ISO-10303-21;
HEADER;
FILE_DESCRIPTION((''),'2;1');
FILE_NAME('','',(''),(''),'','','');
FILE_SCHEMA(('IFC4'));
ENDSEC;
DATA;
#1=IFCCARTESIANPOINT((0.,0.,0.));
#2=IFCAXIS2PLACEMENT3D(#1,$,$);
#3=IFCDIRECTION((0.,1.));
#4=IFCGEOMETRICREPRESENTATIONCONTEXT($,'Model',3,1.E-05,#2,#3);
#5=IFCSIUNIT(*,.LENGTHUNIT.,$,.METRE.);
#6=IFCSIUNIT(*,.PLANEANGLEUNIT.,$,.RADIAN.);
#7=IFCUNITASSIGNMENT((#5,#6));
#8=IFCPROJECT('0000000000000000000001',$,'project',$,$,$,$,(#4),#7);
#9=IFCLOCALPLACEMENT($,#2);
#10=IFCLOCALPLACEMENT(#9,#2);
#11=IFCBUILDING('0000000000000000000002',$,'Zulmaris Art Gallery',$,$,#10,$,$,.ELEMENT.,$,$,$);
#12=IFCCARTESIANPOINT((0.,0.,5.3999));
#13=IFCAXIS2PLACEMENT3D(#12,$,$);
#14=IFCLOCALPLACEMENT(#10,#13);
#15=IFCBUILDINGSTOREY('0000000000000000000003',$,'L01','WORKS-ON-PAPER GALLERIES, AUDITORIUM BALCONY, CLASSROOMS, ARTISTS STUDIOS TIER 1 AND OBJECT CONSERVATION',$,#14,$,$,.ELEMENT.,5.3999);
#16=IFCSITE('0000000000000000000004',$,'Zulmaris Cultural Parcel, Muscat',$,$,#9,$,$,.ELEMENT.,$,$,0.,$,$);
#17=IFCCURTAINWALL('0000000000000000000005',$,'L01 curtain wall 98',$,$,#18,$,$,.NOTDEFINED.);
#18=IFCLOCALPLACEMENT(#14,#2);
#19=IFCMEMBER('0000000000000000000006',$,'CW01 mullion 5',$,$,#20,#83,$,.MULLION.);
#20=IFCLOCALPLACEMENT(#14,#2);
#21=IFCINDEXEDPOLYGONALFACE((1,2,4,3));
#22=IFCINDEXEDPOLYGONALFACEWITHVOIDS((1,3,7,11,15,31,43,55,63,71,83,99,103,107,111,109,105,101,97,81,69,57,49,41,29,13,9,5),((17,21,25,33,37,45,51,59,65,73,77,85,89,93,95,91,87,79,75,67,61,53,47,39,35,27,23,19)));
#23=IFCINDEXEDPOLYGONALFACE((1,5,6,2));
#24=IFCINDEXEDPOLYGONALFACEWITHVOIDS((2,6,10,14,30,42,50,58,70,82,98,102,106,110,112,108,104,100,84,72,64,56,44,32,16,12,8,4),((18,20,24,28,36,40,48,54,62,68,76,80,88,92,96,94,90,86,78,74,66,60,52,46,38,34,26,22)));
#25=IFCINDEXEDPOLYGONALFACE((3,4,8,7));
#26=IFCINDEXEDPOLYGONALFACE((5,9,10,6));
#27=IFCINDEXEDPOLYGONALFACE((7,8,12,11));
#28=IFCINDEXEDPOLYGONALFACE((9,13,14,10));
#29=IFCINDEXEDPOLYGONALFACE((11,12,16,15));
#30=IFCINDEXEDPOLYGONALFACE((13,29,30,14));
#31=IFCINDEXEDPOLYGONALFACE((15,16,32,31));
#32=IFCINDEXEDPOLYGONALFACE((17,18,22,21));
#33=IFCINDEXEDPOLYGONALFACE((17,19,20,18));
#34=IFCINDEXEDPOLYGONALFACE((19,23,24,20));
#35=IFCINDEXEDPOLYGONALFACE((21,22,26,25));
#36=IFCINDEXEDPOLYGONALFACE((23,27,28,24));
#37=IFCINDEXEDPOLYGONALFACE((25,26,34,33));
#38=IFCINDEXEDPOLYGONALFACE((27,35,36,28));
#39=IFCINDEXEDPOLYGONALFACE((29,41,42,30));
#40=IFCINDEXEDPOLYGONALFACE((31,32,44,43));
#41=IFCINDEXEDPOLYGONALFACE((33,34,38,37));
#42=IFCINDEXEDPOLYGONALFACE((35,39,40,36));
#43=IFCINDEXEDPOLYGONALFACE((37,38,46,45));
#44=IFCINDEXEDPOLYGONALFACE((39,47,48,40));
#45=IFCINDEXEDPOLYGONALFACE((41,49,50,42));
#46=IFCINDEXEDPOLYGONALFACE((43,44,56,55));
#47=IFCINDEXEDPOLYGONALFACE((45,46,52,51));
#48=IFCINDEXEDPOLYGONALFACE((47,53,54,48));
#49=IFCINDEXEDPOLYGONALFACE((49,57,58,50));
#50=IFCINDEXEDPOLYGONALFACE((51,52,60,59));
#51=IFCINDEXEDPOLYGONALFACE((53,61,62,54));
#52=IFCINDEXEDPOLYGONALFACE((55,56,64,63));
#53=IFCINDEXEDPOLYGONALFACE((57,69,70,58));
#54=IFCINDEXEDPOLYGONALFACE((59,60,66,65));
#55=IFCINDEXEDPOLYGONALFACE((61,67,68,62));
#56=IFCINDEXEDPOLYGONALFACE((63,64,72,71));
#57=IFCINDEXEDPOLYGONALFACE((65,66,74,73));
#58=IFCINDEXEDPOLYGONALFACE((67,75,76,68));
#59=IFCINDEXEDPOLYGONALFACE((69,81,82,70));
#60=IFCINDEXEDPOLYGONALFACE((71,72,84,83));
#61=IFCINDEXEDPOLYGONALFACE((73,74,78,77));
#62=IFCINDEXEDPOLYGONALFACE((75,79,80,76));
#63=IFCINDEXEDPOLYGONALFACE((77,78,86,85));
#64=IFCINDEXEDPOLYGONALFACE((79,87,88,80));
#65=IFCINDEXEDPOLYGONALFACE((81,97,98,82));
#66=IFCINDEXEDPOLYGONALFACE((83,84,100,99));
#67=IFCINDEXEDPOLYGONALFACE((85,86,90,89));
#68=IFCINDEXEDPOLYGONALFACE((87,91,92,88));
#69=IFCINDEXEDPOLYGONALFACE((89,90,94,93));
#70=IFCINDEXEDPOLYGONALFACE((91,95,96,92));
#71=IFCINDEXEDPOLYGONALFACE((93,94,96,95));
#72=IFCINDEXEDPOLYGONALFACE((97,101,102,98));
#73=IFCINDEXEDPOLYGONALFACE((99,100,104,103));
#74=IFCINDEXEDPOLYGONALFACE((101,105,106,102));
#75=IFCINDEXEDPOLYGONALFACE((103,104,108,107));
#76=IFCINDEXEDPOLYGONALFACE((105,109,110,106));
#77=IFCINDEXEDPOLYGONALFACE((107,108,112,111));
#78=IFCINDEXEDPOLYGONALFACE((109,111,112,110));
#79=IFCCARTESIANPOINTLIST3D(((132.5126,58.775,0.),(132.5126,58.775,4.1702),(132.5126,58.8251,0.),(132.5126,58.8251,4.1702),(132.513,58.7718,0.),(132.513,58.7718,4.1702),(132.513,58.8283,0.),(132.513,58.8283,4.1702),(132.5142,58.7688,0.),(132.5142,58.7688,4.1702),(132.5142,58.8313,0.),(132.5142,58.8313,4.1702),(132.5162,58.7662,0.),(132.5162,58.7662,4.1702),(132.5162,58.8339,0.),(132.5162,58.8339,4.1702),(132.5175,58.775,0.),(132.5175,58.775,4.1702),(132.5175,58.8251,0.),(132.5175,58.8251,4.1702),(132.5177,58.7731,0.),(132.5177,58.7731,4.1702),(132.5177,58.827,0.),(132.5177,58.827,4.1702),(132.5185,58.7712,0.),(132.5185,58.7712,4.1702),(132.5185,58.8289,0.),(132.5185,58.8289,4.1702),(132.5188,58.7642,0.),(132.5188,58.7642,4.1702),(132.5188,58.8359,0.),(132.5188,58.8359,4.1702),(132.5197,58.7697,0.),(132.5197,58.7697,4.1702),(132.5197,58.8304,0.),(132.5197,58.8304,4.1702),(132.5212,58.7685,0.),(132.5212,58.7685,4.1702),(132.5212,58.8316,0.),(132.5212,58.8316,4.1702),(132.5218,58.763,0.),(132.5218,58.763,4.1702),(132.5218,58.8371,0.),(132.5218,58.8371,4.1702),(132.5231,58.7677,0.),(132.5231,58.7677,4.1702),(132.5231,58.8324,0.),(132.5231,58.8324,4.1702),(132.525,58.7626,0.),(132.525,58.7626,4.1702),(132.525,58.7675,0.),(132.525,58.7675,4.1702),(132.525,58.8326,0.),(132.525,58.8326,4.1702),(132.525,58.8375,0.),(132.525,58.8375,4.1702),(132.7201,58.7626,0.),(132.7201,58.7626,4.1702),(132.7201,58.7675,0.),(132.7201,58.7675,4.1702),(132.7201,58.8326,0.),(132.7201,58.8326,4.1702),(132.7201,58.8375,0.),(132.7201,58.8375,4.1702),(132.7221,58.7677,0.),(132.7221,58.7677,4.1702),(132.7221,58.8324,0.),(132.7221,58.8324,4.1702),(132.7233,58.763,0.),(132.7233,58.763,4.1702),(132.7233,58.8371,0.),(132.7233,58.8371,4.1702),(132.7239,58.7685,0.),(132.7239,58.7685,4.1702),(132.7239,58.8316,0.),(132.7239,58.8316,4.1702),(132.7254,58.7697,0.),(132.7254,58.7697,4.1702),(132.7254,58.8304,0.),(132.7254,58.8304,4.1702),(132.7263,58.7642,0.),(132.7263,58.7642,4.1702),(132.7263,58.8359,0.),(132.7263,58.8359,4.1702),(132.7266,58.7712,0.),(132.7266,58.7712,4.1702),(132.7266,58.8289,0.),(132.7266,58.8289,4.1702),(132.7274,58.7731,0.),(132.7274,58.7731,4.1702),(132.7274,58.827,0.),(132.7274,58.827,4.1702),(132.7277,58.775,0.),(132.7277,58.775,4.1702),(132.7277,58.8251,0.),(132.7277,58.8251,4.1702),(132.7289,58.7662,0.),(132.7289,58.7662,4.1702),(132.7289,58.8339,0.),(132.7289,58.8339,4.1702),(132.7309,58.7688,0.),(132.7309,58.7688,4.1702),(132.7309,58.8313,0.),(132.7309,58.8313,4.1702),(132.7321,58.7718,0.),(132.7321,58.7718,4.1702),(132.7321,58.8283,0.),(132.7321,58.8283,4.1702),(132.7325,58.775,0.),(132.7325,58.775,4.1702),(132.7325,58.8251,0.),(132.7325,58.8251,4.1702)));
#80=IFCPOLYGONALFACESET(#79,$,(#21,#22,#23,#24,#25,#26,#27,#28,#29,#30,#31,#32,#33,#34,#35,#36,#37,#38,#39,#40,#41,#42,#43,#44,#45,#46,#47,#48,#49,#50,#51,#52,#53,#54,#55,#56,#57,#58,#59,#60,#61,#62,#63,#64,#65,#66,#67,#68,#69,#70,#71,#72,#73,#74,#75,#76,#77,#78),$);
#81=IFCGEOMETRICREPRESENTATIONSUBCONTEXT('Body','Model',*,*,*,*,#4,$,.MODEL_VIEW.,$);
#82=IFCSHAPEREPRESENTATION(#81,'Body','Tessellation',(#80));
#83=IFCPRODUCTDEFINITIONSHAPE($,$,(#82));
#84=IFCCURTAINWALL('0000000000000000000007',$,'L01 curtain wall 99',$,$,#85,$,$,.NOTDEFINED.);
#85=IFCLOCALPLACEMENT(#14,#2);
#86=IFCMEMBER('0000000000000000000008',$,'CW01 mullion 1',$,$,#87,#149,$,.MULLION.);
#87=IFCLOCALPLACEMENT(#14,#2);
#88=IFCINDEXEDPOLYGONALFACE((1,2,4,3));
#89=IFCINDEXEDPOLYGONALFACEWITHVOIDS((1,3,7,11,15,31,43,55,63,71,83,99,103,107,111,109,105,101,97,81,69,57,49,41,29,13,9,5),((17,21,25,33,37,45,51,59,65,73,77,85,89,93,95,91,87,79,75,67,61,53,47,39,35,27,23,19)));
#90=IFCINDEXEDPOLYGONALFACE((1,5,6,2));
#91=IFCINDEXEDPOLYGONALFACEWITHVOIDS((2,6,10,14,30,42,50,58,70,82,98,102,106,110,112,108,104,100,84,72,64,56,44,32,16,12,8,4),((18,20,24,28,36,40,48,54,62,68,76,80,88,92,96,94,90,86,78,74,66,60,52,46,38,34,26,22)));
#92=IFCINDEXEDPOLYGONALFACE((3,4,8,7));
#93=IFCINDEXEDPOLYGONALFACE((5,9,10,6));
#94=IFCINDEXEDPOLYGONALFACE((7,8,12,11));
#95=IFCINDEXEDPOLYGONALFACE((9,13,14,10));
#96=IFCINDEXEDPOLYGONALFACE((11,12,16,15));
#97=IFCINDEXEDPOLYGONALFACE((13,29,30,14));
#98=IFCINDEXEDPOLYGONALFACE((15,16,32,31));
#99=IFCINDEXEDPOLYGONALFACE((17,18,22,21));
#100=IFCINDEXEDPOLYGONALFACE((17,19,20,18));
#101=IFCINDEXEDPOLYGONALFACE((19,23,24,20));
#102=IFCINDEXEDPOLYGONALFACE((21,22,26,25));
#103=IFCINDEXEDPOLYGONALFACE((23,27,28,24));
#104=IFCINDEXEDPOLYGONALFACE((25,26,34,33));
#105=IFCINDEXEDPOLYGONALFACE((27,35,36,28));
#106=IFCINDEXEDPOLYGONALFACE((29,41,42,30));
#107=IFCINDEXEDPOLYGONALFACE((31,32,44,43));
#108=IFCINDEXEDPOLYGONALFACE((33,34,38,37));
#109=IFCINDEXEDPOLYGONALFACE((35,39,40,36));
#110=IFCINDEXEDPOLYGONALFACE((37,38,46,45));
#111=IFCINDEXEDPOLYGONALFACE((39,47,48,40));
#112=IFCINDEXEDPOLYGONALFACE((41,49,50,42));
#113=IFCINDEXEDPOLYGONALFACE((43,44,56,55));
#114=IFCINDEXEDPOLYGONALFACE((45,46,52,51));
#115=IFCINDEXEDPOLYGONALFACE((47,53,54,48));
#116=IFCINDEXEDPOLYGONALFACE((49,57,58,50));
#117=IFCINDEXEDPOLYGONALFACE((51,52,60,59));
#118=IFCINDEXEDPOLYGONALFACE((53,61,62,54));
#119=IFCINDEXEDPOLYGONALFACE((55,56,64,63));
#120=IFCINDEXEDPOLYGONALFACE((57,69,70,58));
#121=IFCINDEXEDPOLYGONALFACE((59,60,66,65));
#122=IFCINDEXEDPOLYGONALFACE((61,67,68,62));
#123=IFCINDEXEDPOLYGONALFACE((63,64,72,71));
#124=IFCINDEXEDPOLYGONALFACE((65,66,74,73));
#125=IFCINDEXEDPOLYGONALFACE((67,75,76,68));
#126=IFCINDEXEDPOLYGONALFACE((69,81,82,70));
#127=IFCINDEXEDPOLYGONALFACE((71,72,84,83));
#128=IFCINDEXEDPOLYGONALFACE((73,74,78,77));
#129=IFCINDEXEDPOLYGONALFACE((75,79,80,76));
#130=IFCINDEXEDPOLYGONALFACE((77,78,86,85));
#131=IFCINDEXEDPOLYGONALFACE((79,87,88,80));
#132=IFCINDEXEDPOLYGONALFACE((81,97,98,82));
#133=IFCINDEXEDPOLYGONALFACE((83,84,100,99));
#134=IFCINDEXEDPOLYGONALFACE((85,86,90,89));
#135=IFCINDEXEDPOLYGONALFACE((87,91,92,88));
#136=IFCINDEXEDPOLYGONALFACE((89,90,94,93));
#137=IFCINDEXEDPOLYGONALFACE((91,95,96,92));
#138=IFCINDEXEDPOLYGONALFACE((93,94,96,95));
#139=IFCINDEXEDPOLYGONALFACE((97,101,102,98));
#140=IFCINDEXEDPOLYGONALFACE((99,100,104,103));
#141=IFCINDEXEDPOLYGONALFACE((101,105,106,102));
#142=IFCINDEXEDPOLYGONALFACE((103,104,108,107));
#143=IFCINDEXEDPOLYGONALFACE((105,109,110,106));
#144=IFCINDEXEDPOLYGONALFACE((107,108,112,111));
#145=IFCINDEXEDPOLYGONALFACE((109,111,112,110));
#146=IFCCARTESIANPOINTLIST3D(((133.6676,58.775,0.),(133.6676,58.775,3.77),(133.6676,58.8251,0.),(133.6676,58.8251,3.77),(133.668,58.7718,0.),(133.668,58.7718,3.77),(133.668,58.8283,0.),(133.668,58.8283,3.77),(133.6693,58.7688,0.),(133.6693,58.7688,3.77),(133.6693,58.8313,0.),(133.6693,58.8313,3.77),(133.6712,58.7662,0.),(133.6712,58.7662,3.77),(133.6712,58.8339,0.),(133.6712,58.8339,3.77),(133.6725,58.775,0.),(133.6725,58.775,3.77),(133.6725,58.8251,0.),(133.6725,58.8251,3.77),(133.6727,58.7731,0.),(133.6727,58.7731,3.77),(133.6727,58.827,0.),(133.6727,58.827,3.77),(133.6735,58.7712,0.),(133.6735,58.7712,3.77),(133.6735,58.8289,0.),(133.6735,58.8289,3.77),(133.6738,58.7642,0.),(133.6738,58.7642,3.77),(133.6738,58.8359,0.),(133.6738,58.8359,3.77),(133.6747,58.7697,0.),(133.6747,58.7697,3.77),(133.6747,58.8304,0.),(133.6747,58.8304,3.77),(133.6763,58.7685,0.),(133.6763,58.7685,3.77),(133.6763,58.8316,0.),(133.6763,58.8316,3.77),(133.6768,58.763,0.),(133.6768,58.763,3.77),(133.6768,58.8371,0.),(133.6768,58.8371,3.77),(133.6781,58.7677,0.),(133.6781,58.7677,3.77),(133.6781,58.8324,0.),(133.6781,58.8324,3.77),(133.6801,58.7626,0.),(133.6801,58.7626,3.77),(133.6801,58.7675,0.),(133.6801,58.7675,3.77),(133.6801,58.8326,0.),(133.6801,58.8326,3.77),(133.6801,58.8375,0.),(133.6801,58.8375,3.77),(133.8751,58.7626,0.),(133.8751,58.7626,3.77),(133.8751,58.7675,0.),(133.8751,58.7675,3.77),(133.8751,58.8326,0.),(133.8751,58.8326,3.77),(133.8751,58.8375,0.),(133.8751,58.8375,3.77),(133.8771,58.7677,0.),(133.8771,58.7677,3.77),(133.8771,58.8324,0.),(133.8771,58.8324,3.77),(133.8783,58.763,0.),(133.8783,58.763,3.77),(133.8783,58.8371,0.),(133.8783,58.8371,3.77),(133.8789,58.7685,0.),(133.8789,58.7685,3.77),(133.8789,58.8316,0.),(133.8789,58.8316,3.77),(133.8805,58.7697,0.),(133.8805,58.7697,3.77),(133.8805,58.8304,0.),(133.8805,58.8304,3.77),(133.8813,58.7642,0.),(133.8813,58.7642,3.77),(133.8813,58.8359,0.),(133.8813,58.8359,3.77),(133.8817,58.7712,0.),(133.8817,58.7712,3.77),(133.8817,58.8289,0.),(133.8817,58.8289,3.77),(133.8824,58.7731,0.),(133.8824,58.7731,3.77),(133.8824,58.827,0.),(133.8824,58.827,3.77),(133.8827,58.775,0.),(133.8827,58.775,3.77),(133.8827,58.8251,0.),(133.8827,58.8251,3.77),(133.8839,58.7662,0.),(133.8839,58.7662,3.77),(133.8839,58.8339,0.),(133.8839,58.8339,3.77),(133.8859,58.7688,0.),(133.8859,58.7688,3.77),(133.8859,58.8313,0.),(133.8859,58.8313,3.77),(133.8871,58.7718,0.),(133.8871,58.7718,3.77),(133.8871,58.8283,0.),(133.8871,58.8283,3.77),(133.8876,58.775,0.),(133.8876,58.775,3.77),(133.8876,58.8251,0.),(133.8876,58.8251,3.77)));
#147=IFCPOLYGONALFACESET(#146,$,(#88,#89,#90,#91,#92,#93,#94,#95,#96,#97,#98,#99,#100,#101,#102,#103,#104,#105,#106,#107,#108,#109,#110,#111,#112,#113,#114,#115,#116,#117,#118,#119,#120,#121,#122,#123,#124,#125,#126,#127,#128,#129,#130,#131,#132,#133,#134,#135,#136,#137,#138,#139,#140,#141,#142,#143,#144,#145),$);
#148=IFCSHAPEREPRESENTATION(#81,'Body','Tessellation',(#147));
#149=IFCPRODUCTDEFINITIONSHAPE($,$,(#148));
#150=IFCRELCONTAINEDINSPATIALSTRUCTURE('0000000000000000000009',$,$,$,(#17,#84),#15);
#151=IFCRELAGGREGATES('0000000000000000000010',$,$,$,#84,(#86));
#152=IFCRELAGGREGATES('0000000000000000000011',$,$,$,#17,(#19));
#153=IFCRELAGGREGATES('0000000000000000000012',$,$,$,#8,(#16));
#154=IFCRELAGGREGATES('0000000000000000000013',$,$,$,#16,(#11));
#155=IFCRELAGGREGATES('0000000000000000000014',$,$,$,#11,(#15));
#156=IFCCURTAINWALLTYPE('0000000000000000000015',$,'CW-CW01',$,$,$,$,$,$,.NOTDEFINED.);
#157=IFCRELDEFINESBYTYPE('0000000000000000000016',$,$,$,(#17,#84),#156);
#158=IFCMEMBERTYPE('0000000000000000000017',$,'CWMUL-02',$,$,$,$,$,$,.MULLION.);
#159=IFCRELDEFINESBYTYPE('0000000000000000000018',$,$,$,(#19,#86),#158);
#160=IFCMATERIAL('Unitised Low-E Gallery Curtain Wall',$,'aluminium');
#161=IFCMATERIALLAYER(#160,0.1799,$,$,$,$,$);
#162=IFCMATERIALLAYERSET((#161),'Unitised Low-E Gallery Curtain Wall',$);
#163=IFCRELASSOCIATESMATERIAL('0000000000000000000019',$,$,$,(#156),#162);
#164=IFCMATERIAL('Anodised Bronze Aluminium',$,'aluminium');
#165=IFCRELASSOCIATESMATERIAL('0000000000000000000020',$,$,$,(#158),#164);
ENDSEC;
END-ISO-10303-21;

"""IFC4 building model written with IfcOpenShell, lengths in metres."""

from ifc_helpers import new_model, si_unit, direction, frame, origin, origin_2d, place, context, subcontext, project, spatial, hollow_rectangle, extrude, material, layer, layer_set, material_profile, profile_set, type_object, element, aggregate, save


model = new_model("IFC4")

# Units and contexts
model_context = context("Model", 3, precision=1e-05, world=origin(), true_north=direction((0.0, 1.0)))
body_context = subcontext(model_context, "Body", "Model", "MODEL_VIEW")
ifc_project = project(units=[si_unit("LENGTHUNIT", "METRE"), si_unit("PLANEANGLEUNIT", "RADIAN")], contexts=[model_context])

# Site, building, storey
site_placement = place(None, origin())
site = spatial("IfcSite", under=ifc_project, at=site_placement, Name="Zulmaris Cultural Parcel, Muscat", CompositionType="ELEMENT", RefElevation=0.0)
building_placement = place(site_placement, origin())
building = spatial("IfcBuilding", under=site, at=building_placement, Name="Zulmaris Art Gallery", CompositionType="ELEMENT")
storey_placement = place(building_placement, frame((0.0, 0.0, 5.3999)))
storey = spatial("IfcBuildingStorey", under=building, at=storey_placement, Name="L01", Description="WORKS-ON-PAPER GALLERIES, AUDITORIUM BALCONY, CLASSROOMS, ARTISTS STUDIOS TIER 1 AND OBJECT CONSERVATION", CompositionType="ELEMENT", Elevation=5.3999)

# Curtain wall, member
ifc_material_1 = material(Name="Unitised Low-E Gallery Curtain Wall", Category="aluminium")
ifc_layer_1 = layer(ifc_material_1, 0.1799)
ifc_layer_set_1 = layer_set([ifc_layer_1], Name="Unitised Low-E Gallery Curtain Wall")
curtain_wall_type = type_object("IfcCurtainWallType", Name="CW-CW01", PredefinedType="NOTDEFINED", material=ifc_layer_set_1)
curtain_wall_1_placement = place(storey_placement, origin())
curtain_wall_1 = element("IfcCurtainWall", 1, at=curtain_wall_1_placement, inside=storey, type_object=curtain_wall_type, Name="L01 curtain wall 98", PredefinedType="NOTDEFINED")
ifc_material_2 = material(Name="Anodised Bronze Aluminium", Category="aluminium")
ifc_material_profile_1 = material_profile(ifc_material_2, hollow_rectangle(XDim=0.075, YDim=0.22, WallThickness=0.0049, InnerFilletRadius=0.0076, OuterFilletRadius=0.0125, at=origin_2d()), Name="ALU 75x220x5")
ifc_profile_set_1 = profile_set([ifc_material_profile_1], Name="Anodised Bronze Aluminium")
member_type_1 = type_object("IfcMemberType", Name="CWMUL-02", PredefinedType="MULLION", material=ifc_profile_set_1)
member_1_placement = place(storey_placement, frame((132.6226, 58.8, 0.0), z_axis=(0.0, 0.0, 1.0), x_axis=(0.0, 1.0, 0.0)))
member_1 = element("IfcMember", 2, at=member_1_placement, type_object=member_type_1, Name="CW01 mullion 5", PredefinedType="MULLION", context=body_context, shape_type="SweptSolid", body=[
    extrude(hollow_rectangle(XDim=0.075, YDim=0.22, WallThickness=0.0049, InnerFilletRadius=0.0076, OuterFilletRadius=0.0125, at=origin_2d()), origin(), (0.0, 0.0, 1.0), 4.1702),
])

# Curtain wall, member
curtain_wall_2_placement = place(storey_placement, origin())
curtain_wall_2 = element("IfcCurtainWall", 3, at=curtain_wall_2_placement, inside=storey, type_object=curtain_wall_type, Name="L01 curtain wall 99", PredefinedType="NOTDEFINED")
member_2_placement = place(storey_placement, frame((133.7776, 58.8, 0.0), z_axis=(0.0, 0.0, 1.0), x_axis=(0.0, 1.0, 0.0)))
member_2 = element("IfcMember", 4, at=member_2_placement, type_object=member_type_1, Name="CW01 mullion 1", PredefinedType="MULLION", context=body_context, shape_type="SweptSolid", body=[
    extrude(hollow_rectangle(XDim=0.075, YDim=0.22, WallThickness=0.0049, InnerFilletRadius=0.0076, OuterFilletRadius=0.0125, at=origin_2d()), origin(), (0.0, 0.0, 1.0), 3.77),
])

aggregate(curtain_wall_2, [member_2])

aggregate(curtain_wall_1, [member_1])

save(model, "model.ifc")
